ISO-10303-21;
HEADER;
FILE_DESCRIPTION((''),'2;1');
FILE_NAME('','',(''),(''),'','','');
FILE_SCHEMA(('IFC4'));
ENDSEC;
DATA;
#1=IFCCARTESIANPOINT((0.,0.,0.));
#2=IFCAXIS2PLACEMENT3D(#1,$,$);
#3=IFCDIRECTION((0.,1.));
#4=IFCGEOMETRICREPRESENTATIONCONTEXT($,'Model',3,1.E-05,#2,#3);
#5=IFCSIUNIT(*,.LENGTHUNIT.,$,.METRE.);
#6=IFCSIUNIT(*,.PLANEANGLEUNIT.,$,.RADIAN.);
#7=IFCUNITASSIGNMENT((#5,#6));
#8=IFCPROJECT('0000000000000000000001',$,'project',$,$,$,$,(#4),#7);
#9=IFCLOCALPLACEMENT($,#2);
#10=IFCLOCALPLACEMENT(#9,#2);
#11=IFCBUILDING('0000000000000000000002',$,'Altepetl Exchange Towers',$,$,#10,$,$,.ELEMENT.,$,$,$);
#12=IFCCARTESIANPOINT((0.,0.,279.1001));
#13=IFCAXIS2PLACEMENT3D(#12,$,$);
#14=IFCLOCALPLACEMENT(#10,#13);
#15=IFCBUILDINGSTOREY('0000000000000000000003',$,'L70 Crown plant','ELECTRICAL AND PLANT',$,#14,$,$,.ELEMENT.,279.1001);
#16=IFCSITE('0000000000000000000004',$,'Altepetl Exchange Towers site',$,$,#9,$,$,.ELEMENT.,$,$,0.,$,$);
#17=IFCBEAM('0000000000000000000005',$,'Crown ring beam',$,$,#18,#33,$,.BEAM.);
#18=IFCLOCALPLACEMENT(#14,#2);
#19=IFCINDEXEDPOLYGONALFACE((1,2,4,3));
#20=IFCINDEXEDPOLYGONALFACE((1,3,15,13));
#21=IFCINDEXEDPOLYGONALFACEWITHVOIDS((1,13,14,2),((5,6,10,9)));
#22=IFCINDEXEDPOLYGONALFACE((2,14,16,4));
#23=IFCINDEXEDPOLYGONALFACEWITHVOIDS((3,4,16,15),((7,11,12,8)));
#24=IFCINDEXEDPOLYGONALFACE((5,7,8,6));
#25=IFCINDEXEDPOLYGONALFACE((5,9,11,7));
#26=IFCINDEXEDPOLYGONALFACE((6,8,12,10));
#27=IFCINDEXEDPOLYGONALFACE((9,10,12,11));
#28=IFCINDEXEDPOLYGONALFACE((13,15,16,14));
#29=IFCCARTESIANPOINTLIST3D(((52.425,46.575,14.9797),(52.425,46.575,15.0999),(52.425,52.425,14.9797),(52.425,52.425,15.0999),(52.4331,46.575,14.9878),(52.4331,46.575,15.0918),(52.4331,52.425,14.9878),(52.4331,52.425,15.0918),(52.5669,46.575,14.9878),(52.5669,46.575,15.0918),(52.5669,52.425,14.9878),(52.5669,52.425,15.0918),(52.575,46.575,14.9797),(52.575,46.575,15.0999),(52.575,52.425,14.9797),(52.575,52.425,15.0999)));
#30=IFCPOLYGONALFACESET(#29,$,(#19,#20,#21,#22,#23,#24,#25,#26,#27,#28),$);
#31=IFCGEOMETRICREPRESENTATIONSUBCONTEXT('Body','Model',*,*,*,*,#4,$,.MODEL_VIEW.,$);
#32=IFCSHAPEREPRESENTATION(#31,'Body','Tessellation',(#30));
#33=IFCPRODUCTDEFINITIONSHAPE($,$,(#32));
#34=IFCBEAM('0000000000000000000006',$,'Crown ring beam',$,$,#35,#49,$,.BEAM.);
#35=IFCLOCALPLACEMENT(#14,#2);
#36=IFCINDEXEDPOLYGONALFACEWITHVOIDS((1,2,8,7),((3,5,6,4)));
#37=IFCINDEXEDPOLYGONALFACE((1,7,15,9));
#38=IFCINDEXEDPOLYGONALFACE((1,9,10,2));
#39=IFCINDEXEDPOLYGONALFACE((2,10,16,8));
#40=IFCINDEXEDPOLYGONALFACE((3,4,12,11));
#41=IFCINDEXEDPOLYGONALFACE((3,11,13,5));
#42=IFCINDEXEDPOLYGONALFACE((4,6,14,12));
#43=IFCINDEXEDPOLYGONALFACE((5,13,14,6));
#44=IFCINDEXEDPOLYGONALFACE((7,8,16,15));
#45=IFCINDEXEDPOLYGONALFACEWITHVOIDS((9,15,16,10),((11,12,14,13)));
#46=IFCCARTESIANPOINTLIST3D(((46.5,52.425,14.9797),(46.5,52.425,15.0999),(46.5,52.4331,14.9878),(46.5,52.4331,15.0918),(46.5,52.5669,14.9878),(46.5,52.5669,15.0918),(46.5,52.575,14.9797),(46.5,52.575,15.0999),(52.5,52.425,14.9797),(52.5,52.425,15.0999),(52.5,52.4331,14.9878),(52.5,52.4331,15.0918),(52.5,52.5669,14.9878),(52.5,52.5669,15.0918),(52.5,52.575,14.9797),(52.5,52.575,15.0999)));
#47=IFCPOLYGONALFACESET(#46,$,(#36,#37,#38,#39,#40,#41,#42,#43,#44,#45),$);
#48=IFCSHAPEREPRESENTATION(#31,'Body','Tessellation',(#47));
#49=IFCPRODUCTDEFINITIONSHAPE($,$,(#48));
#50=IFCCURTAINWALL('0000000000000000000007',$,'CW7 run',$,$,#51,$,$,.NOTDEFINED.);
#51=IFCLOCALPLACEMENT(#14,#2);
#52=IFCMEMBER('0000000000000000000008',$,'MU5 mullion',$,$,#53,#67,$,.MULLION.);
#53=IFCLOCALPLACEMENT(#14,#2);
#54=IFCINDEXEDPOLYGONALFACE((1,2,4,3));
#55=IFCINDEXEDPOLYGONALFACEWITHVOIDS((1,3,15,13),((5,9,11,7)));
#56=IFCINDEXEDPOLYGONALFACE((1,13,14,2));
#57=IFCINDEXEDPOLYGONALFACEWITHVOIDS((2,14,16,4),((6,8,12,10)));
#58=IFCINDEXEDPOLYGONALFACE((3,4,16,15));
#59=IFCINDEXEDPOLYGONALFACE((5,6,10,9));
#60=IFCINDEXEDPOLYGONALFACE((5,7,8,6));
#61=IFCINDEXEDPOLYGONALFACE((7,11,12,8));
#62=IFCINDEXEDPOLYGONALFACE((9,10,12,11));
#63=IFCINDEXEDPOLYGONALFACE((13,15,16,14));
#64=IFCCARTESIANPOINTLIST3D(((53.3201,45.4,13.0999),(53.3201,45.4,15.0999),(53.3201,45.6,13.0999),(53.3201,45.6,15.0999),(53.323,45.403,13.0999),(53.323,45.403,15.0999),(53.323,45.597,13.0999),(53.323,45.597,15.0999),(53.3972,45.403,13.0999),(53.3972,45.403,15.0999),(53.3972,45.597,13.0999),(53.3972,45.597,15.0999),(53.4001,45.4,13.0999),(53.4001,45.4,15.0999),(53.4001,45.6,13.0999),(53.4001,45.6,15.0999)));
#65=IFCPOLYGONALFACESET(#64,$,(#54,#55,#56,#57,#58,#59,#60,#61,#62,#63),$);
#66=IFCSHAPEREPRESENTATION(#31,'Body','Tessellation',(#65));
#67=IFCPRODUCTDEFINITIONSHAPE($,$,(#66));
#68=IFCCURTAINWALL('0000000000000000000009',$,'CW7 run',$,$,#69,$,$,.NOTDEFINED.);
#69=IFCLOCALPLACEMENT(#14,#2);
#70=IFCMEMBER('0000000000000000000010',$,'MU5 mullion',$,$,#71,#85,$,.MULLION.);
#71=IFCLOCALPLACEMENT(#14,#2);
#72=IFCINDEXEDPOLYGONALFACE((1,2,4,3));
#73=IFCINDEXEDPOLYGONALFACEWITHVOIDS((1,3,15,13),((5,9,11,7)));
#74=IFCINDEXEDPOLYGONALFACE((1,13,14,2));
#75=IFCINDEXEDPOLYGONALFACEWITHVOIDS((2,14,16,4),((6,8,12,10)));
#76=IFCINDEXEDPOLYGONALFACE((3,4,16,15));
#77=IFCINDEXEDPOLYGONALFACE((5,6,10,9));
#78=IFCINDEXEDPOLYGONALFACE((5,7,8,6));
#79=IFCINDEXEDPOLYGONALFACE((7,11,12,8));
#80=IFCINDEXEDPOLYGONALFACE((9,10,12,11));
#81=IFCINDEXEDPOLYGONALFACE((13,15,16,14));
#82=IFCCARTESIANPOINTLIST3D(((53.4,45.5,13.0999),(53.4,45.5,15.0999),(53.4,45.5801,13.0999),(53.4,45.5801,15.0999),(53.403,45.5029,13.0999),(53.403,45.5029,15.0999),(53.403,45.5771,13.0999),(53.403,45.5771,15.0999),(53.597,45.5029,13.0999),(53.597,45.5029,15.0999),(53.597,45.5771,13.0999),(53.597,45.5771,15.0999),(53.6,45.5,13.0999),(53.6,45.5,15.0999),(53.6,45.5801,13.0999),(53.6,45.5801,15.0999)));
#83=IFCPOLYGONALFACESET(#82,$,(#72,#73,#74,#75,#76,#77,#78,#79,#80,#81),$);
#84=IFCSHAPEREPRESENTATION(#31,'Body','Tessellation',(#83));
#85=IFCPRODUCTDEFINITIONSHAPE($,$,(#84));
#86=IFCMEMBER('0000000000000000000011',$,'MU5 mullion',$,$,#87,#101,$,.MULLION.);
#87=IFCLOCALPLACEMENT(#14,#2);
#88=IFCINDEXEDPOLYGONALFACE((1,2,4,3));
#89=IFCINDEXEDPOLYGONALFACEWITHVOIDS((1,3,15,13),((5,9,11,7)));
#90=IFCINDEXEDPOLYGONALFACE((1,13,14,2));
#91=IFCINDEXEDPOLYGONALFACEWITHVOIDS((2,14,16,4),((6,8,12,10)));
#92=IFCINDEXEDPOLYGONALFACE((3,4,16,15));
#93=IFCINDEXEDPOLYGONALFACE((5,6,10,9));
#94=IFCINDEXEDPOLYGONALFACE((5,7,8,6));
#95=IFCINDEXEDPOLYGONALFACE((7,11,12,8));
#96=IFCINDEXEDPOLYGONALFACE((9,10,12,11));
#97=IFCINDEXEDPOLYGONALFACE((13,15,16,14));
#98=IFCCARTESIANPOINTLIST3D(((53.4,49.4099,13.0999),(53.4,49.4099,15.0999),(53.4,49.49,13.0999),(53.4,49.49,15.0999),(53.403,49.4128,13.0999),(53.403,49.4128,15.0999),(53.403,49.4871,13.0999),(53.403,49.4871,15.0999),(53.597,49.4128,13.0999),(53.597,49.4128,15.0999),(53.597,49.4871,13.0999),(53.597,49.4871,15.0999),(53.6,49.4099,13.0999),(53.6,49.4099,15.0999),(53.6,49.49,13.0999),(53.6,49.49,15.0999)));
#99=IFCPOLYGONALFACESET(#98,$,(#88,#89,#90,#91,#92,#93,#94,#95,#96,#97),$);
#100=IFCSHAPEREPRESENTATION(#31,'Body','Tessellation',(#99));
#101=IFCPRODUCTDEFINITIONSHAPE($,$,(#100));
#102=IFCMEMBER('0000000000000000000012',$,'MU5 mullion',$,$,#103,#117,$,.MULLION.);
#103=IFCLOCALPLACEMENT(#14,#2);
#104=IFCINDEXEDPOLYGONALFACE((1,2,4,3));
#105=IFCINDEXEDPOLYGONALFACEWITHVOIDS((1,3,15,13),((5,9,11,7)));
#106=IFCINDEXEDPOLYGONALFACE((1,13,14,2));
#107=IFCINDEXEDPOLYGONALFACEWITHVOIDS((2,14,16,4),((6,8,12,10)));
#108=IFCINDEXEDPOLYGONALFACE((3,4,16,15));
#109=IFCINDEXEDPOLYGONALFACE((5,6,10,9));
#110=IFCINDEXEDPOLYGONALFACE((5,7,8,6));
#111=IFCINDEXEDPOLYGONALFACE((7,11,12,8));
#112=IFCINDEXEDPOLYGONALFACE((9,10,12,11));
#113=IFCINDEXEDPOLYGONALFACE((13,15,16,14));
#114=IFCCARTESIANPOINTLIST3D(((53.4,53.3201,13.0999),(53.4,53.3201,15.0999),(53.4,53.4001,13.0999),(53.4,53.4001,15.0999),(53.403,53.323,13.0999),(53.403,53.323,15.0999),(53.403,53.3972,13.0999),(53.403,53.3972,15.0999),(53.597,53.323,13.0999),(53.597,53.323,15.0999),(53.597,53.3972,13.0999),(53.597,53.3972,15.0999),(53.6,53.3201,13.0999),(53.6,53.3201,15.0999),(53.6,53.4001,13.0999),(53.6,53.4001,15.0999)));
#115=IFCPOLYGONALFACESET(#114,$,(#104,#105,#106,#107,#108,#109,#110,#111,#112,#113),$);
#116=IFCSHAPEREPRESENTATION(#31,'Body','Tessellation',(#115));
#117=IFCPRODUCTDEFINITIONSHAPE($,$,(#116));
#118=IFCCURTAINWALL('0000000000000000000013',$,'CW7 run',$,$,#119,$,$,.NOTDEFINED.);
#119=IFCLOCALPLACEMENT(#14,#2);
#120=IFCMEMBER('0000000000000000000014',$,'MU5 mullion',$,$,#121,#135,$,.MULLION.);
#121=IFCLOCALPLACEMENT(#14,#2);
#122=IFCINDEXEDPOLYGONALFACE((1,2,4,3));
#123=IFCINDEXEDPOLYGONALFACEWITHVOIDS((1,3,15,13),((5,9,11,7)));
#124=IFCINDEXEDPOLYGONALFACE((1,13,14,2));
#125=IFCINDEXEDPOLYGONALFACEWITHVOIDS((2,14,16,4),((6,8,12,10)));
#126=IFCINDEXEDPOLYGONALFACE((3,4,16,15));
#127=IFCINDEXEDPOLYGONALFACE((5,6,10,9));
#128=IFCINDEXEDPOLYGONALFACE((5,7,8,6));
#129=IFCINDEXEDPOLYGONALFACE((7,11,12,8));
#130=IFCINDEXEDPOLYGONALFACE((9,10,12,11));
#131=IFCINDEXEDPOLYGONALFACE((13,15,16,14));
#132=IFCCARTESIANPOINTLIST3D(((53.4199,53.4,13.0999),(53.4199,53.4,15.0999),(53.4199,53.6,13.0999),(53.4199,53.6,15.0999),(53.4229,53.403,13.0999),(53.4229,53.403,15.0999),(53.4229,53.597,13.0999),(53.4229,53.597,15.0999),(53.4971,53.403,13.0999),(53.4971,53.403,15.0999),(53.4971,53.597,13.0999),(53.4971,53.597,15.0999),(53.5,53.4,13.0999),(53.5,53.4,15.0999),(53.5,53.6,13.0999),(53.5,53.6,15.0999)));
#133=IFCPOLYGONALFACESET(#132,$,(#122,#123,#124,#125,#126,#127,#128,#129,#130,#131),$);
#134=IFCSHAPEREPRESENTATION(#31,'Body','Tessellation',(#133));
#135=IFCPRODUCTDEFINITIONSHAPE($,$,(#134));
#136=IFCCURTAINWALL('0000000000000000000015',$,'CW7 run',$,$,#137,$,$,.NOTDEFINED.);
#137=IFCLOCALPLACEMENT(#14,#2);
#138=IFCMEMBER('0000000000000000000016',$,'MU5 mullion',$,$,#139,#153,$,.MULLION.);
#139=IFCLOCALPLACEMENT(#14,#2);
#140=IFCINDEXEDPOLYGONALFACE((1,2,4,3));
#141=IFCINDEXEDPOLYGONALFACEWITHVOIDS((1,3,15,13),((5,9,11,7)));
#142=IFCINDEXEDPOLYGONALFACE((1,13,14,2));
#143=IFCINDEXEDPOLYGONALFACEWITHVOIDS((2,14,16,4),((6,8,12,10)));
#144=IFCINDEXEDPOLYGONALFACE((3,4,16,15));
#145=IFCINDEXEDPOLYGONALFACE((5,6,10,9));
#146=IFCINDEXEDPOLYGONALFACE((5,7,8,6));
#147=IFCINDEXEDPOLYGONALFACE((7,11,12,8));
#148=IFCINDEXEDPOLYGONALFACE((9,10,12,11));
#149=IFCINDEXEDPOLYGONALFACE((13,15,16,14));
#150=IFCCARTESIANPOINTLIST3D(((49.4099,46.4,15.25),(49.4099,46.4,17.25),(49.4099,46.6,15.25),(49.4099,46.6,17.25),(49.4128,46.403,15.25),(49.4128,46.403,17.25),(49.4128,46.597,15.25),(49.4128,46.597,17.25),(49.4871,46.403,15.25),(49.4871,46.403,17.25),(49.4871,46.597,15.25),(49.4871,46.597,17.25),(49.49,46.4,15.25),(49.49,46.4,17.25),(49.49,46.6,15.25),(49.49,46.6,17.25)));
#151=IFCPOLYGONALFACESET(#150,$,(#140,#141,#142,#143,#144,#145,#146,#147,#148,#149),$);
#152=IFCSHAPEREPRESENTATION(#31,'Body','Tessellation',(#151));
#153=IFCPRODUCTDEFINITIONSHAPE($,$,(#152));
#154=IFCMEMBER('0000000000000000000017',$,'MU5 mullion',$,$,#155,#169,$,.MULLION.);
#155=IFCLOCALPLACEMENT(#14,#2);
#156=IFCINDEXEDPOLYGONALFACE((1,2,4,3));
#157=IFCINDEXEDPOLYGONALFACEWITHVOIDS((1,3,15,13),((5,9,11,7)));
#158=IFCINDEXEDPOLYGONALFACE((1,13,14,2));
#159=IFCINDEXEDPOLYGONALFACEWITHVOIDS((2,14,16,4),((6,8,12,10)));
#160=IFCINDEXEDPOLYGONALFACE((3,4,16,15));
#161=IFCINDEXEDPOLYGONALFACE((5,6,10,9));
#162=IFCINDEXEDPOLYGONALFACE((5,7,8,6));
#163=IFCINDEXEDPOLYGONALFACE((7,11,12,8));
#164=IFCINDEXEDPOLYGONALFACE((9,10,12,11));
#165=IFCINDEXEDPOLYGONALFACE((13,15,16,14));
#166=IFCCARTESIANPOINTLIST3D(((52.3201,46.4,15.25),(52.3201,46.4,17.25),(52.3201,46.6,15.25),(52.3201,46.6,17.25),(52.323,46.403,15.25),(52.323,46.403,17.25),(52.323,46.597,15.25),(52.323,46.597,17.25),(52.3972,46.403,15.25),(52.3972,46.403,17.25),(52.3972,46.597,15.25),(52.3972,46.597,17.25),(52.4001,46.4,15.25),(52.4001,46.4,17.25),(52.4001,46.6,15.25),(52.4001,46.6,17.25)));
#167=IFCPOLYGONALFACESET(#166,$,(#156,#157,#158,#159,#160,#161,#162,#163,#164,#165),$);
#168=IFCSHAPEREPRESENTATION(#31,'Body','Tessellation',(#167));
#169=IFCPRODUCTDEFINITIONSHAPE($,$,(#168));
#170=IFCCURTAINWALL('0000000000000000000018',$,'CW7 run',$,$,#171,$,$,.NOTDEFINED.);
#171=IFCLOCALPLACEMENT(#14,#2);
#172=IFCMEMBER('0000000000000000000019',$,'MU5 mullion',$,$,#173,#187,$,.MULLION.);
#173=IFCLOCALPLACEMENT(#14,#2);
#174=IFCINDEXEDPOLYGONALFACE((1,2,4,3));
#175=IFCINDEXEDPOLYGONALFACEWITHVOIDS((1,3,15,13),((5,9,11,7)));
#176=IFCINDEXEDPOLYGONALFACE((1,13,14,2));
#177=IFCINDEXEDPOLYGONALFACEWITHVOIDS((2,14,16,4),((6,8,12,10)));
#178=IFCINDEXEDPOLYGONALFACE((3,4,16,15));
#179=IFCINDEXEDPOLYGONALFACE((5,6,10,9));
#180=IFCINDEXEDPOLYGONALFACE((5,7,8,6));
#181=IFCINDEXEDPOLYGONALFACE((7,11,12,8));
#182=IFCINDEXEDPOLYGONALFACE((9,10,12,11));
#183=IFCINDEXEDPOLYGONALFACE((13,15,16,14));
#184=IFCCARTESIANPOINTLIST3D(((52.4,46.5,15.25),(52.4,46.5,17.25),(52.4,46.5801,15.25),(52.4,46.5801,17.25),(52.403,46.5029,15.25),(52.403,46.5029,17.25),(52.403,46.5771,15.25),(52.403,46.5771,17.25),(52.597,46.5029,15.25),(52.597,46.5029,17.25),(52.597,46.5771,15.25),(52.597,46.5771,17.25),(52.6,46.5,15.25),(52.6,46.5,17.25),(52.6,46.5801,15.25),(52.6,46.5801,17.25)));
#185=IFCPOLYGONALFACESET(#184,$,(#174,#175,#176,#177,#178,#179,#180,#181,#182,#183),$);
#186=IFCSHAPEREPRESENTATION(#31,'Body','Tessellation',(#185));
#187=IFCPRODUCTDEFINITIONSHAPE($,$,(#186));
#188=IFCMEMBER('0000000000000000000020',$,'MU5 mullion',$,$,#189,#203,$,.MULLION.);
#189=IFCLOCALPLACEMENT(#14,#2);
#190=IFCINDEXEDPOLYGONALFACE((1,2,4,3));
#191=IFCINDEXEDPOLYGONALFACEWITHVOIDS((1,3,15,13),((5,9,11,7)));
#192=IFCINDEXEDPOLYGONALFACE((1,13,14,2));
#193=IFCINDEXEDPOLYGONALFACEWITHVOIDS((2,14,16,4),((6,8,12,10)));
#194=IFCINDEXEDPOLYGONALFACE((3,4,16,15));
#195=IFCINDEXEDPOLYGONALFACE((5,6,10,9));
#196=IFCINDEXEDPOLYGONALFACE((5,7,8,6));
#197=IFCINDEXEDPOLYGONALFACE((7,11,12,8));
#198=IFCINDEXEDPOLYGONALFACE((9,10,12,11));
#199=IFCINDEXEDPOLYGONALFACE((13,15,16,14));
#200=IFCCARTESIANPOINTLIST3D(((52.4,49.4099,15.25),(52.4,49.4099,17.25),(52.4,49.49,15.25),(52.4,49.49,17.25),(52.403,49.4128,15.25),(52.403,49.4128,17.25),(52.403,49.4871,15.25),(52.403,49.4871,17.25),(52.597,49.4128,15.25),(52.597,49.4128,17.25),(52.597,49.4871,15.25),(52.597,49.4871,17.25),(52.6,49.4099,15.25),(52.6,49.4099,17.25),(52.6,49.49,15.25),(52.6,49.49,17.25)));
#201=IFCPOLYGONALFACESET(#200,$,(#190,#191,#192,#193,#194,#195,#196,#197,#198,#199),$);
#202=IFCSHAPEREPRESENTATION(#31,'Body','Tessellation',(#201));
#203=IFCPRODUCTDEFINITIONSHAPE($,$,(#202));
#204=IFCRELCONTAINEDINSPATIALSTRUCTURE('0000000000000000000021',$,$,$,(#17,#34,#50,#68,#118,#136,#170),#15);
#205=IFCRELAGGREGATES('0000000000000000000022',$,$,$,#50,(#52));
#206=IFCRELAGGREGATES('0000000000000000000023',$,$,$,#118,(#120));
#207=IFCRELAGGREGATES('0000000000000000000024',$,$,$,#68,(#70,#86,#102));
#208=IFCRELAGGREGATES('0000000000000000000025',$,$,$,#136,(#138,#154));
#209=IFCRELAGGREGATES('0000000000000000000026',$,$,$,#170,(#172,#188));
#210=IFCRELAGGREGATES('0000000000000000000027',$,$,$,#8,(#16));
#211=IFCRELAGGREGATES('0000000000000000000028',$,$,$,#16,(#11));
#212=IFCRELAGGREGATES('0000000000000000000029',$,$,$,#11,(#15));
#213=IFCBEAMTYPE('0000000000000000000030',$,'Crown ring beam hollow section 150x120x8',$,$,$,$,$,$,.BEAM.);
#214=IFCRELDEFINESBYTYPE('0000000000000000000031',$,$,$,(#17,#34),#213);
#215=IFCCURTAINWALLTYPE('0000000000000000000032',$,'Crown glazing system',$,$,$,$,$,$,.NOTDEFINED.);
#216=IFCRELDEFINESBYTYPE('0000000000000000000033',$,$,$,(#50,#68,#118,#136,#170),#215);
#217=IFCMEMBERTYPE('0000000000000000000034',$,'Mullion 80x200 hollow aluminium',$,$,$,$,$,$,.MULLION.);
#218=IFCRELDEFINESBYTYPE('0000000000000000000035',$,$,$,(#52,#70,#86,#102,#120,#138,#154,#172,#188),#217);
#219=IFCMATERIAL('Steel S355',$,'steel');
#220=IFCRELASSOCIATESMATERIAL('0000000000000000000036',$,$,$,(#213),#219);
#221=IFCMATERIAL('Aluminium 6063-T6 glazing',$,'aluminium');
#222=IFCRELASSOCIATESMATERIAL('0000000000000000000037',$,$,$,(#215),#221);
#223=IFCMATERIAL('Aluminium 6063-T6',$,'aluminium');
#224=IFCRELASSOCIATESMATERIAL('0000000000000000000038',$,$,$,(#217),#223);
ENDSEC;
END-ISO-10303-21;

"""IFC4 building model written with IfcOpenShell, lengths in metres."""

from ifc_helpers import new_model, si_unit, direction, frame, origin, origin_2d, place, context, subcontext, project, spatial, hollow_rectangle, extrude, material, material_profile, profile_set, type_object, element, aggregate, save


model = new_model("IFC4")

# Units and contexts
model_context = context("Model", 3, precision=1e-05, world=origin(), true_north=direction((0.0, 1.0)))
body_context = subcontext(model_context, "Body", "Model", "MODEL_VIEW")
ifc_project = project(units=[si_unit("LENGTHUNIT", "METRE"), si_unit("PLANEANGLEUNIT", "RADIAN")], contexts=[model_context])

# Site, building, storey
site_placement = place(None, origin())
site = spatial("IfcSite", under=ifc_project, at=site_placement, Name="Altepetl Exchange Towers site", CompositionType="ELEMENT", RefElevation=0.0)
building_placement = place(site_placement, origin())
building = spatial("IfcBuilding", under=site, at=building_placement, Name="Altepetl Exchange Towers", CompositionType="ELEMENT")
storey_placement = place(building_placement, frame((0.0, 0.0, 279.1001)))
storey = spatial("IfcBuildingStorey", under=building, at=storey_placement, Name="L70 Crown plant", Description="ELECTRICAL AND PLANT", CompositionType="ELEMENT", Elevation=279.1001)

# Beams
ifc_material_1 = material(Name="Steel S355", Category="steel")
ifc_material_profile_1 = material_profile(ifc_material_1, hollow_rectangle(XDim=0.1499, YDim=0.1201, WallThickness=0.0081, at=origin_2d()), Name="RHS 120x150x8")
ifc_profile_set_1 = profile_set([ifc_material_profile_1], Name="Steel S355")
beam_type = type_object("IfcBeamType", Name="Crown ring beam hollow section 150x120x8", PredefinedType="BEAM", material=ifc_profile_set_1)
beam_1_placement = place(storey_placement, frame((52.5, 46.575, 15.0398), z_axis=(0.0, 1.0, 0.0), x_axis=(-1.0, 0.0, 0.0)))
element("IfcBeam", 1, at=beam_1_placement, inside=storey, type_object=beam_type, Name="Crown ring beam", PredefinedType="BEAM", context=body_context, shape_type="SweptSolid", body=[
    extrude(hollow_rectangle(XDim=0.1499, YDim=0.1201, WallThickness=0.0081, at=origin_2d()), origin(), (0.0, 0.0, 1.0), 5.8501),
])
beam_2_placement = place(storey_placement, frame((52.5, 52.5, 15.0398), z_axis=(-1.0, 0.0, 0.0), x_axis=(0.0, -1.0, 0.0)))
element("IfcBeam", 2, at=beam_2_placement, inside=storey, type_object=beam_type, Name="Crown ring beam", PredefinedType="BEAM", context=body_context, shape_type="SweptSolid", body=[
    extrude(hollow_rectangle(XDim=0.1499, YDim=0.1201, WallThickness=0.0081, at=origin_2d()), origin(), (0.0, 0.0, 1.0), 6.0),
])

# Curtain wall, member
ifc_material_2 = material(Name="Aluminium 6063-T6 glazing", Category="aluminium")
curtain_wall_type = type_object("IfcCurtainWallType", Name="Crown glazing system", PredefinedType="NOTDEFINED", material=ifc_material_2)
curtain_wall_1_placement = place(storey_placement, origin())
curtain_wall_1 = element("IfcCurtainWall", 3, at=curtain_wall_1_placement, inside=storey, type_object=curtain_wall_type, Name="CW7 run", PredefinedType="NOTDEFINED")
ifc_material_3 = material(Name="Aluminium 6063-T6", Category="aluminium")
ifc_material_profile_2 = material_profile(ifc_material_3, hollow_rectangle(XDim=0.0801, YDim=0.2, WallThickness=0.0029, at=origin_2d()), Name="Mullion 80x200 hollow aluminium")
ifc_profile_set_2 = profile_set([ifc_material_profile_2], Name="Aluminium 6063-T6")
member_type = type_object("IfcMemberType", Name="Mullion 80x200 hollow aluminium", PredefinedType="MULLION", material=ifc_profile_set_2)
member_1_placement = place(storey_placement, frame((53.3601, 45.5, 13.0999)))
member_1 = element("IfcMember", 4, at=member_1_placement, type_object=member_type, Name="MU5 mullion", PredefinedType="MULLION", context=body_context, shape_type="SweptSolid", body=[
    extrude(hollow_rectangle(XDim=0.0801, YDim=0.2, WallThickness=0.0029, at=origin_2d()), origin(), (0.0, 0.0, 1.0), 2.0),
])
aggregate(curtain_wall_1, [member_1])

# Curtain wall, members
curtain_wall_2_placement = place(storey_placement, origin())
curtain_wall_2 = element("IfcCurtainWall", 5, at=curtain_wall_2_placement, inside=storey, type_object=curtain_wall_type, Name="CW7 run", PredefinedType="NOTDEFINED")
member_2_placement = place(storey_placement, frame((53.5, 45.54, 13.0999), z_axis=(0.0, 0.0, 1.0), x_axis=(0.0, 1.0, 0.0)))
member_2 = element("IfcMember", 6, at=member_2_placement, type_object=member_type, Name="MU5 mullion", PredefinedType="MULLION", context=body_context, shape_type="SweptSolid", body=[
    extrude(hollow_rectangle(XDim=0.0801, YDim=0.2, WallThickness=0.0029, at=origin_2d()), origin(), (0.0, 0.0, 1.0), 2.0),
])
member_3_placement = place(storey_placement, frame((53.5, 49.45, 13.0999), z_axis=(0.0, 0.0, 1.0), x_axis=(0.0, 1.0, 0.0)))
member_3 = element("IfcMember", 7, at=member_3_placement, type_object=member_type, Name="MU5 mullion", PredefinedType="MULLION", context=body_context, shape_type="SweptSolid", body=[
    extrude(hollow_rectangle(XDim=0.0801, YDim=0.2, WallThickness=0.0029, at=origin_2d()), origin(), (0.0, 0.0, 1.0), 2.0),
])
member_4_placement = place(storey_placement, frame((53.5, 53.3601, 13.0999), z_axis=(0.0, 0.0, 1.0), x_axis=(0.0, 1.0, 0.0)))
member_4 = element("IfcMember", 8, at=member_4_placement, type_object=member_type, Name="MU5 mullion", PredefinedType="MULLION", context=body_context, shape_type="SweptSolid", body=[
    extrude(hollow_rectangle(XDim=0.0801, YDim=0.2, WallThickness=0.0029, at=origin_2d()), origin(), (0.0, 0.0, 1.0), 2.0),
])

# Curtain wall, member
curtain_wall_3_placement = place(storey_placement, origin())
curtain_wall_3 = element("IfcCurtainWall", 9, at=curtain_wall_3_placement, inside=storey, type_object=curtain_wall_type, Name="CW7 run", PredefinedType="NOTDEFINED")
member_5_placement = place(storey_placement, frame((53.46, 53.5, 13.0999), z_axis=(0.0, 0.0, 1.0), x_axis=(-1.0, 0.0, 0.0)))
member_5 = element("IfcMember", 10, at=member_5_placement, type_object=member_type, Name="MU5 mullion", PredefinedType="MULLION", context=body_context, shape_type="SweptSolid", body=[
    extrude(hollow_rectangle(XDim=0.0801, YDim=0.2, WallThickness=0.0029, at=origin_2d()), origin(), (0.0, 0.0, 1.0), 2.0),
])
aggregate(curtain_wall_3, [member_5])

# Curtain walls, members
curtain_wall_4_placement = place(storey_placement, origin())
curtain_wall_4 = element("IfcCurtainWall", 11, at=curtain_wall_4_placement, inside=storey, type_object=curtain_wall_type, Name="CW7 run", PredefinedType="NOTDEFINED")
member_6_placement = place(storey_placement, frame((49.45, 46.5, 15.25)))
member_6 = element("IfcMember", 12, at=member_6_placement, type_object=member_type, Name="MU5 mullion", PredefinedType="MULLION", context=body_context, shape_type="SweptSolid", body=[
    extrude(hollow_rectangle(XDim=0.0801, YDim=0.2, WallThickness=0.0029, at=origin_2d()), origin(), (0.0, 0.0, 1.0), 2.0),
])
member_7_placement = place(storey_placement, frame((52.3601, 46.5, 15.25)))
member_7 = element("IfcMember", 13, at=member_7_placement, type_object=member_type, Name="MU5 mullion", PredefinedType="MULLION", context=body_context, shape_type="SweptSolid", body=[
    extrude(hollow_rectangle(XDim=0.0801, YDim=0.2, WallThickness=0.0029, at=origin_2d()), origin(), (0.0, 0.0, 1.0), 2.0),
])
curtain_wall_5_placement = place(storey_placement, origin())
curtain_wall_5 = element("IfcCurtainWall", 14, at=curtain_wall_5_placement, inside=storey, type_object=curtain_wall_type, Name="CW7 run", PredefinedType="NOTDEFINED")
member_8_placement = place(storey_placement, frame((52.5, 46.54, 15.25), z_axis=(0.0, 0.0, 1.0), x_axis=(0.0, 1.0, 0.0)))
member_8 = element("IfcMember", 15, at=member_8_placement, type_object=member_type, Name="MU5 mullion", PredefinedType="MULLION", context=body_context, shape_type="SweptSolid", body=[
    extrude(hollow_rectangle(XDim=0.0801, YDim=0.2, WallThickness=0.0029, at=origin_2d()), origin(), (0.0, 0.0, 1.0), 2.0),
])
member_9_placement = place(storey_placement, frame((52.5, 49.45, 15.25), z_axis=(0.0, 0.0, 1.0), x_axis=(0.0, 1.0, 0.0)))
member_9 = element("IfcMember", 16, at=member_9_placement, type_object=member_type, Name="MU5 mullion", PredefinedType="MULLION", context=body_context, shape_type="SweptSolid", body=[
    extrude(hollow_rectangle(XDim=0.0801, YDim=0.2, WallThickness=0.0029, at=origin_2d()), origin(), (0.0, 0.0, 1.0), 2.0),
])

aggregate(curtain_wall_2, [member_2, member_3, member_4])
aggregate(curtain_wall_4, [member_6, member_7])
aggregate(curtain_wall_5, [member_8, member_9])

save(model, "model.ifc")
